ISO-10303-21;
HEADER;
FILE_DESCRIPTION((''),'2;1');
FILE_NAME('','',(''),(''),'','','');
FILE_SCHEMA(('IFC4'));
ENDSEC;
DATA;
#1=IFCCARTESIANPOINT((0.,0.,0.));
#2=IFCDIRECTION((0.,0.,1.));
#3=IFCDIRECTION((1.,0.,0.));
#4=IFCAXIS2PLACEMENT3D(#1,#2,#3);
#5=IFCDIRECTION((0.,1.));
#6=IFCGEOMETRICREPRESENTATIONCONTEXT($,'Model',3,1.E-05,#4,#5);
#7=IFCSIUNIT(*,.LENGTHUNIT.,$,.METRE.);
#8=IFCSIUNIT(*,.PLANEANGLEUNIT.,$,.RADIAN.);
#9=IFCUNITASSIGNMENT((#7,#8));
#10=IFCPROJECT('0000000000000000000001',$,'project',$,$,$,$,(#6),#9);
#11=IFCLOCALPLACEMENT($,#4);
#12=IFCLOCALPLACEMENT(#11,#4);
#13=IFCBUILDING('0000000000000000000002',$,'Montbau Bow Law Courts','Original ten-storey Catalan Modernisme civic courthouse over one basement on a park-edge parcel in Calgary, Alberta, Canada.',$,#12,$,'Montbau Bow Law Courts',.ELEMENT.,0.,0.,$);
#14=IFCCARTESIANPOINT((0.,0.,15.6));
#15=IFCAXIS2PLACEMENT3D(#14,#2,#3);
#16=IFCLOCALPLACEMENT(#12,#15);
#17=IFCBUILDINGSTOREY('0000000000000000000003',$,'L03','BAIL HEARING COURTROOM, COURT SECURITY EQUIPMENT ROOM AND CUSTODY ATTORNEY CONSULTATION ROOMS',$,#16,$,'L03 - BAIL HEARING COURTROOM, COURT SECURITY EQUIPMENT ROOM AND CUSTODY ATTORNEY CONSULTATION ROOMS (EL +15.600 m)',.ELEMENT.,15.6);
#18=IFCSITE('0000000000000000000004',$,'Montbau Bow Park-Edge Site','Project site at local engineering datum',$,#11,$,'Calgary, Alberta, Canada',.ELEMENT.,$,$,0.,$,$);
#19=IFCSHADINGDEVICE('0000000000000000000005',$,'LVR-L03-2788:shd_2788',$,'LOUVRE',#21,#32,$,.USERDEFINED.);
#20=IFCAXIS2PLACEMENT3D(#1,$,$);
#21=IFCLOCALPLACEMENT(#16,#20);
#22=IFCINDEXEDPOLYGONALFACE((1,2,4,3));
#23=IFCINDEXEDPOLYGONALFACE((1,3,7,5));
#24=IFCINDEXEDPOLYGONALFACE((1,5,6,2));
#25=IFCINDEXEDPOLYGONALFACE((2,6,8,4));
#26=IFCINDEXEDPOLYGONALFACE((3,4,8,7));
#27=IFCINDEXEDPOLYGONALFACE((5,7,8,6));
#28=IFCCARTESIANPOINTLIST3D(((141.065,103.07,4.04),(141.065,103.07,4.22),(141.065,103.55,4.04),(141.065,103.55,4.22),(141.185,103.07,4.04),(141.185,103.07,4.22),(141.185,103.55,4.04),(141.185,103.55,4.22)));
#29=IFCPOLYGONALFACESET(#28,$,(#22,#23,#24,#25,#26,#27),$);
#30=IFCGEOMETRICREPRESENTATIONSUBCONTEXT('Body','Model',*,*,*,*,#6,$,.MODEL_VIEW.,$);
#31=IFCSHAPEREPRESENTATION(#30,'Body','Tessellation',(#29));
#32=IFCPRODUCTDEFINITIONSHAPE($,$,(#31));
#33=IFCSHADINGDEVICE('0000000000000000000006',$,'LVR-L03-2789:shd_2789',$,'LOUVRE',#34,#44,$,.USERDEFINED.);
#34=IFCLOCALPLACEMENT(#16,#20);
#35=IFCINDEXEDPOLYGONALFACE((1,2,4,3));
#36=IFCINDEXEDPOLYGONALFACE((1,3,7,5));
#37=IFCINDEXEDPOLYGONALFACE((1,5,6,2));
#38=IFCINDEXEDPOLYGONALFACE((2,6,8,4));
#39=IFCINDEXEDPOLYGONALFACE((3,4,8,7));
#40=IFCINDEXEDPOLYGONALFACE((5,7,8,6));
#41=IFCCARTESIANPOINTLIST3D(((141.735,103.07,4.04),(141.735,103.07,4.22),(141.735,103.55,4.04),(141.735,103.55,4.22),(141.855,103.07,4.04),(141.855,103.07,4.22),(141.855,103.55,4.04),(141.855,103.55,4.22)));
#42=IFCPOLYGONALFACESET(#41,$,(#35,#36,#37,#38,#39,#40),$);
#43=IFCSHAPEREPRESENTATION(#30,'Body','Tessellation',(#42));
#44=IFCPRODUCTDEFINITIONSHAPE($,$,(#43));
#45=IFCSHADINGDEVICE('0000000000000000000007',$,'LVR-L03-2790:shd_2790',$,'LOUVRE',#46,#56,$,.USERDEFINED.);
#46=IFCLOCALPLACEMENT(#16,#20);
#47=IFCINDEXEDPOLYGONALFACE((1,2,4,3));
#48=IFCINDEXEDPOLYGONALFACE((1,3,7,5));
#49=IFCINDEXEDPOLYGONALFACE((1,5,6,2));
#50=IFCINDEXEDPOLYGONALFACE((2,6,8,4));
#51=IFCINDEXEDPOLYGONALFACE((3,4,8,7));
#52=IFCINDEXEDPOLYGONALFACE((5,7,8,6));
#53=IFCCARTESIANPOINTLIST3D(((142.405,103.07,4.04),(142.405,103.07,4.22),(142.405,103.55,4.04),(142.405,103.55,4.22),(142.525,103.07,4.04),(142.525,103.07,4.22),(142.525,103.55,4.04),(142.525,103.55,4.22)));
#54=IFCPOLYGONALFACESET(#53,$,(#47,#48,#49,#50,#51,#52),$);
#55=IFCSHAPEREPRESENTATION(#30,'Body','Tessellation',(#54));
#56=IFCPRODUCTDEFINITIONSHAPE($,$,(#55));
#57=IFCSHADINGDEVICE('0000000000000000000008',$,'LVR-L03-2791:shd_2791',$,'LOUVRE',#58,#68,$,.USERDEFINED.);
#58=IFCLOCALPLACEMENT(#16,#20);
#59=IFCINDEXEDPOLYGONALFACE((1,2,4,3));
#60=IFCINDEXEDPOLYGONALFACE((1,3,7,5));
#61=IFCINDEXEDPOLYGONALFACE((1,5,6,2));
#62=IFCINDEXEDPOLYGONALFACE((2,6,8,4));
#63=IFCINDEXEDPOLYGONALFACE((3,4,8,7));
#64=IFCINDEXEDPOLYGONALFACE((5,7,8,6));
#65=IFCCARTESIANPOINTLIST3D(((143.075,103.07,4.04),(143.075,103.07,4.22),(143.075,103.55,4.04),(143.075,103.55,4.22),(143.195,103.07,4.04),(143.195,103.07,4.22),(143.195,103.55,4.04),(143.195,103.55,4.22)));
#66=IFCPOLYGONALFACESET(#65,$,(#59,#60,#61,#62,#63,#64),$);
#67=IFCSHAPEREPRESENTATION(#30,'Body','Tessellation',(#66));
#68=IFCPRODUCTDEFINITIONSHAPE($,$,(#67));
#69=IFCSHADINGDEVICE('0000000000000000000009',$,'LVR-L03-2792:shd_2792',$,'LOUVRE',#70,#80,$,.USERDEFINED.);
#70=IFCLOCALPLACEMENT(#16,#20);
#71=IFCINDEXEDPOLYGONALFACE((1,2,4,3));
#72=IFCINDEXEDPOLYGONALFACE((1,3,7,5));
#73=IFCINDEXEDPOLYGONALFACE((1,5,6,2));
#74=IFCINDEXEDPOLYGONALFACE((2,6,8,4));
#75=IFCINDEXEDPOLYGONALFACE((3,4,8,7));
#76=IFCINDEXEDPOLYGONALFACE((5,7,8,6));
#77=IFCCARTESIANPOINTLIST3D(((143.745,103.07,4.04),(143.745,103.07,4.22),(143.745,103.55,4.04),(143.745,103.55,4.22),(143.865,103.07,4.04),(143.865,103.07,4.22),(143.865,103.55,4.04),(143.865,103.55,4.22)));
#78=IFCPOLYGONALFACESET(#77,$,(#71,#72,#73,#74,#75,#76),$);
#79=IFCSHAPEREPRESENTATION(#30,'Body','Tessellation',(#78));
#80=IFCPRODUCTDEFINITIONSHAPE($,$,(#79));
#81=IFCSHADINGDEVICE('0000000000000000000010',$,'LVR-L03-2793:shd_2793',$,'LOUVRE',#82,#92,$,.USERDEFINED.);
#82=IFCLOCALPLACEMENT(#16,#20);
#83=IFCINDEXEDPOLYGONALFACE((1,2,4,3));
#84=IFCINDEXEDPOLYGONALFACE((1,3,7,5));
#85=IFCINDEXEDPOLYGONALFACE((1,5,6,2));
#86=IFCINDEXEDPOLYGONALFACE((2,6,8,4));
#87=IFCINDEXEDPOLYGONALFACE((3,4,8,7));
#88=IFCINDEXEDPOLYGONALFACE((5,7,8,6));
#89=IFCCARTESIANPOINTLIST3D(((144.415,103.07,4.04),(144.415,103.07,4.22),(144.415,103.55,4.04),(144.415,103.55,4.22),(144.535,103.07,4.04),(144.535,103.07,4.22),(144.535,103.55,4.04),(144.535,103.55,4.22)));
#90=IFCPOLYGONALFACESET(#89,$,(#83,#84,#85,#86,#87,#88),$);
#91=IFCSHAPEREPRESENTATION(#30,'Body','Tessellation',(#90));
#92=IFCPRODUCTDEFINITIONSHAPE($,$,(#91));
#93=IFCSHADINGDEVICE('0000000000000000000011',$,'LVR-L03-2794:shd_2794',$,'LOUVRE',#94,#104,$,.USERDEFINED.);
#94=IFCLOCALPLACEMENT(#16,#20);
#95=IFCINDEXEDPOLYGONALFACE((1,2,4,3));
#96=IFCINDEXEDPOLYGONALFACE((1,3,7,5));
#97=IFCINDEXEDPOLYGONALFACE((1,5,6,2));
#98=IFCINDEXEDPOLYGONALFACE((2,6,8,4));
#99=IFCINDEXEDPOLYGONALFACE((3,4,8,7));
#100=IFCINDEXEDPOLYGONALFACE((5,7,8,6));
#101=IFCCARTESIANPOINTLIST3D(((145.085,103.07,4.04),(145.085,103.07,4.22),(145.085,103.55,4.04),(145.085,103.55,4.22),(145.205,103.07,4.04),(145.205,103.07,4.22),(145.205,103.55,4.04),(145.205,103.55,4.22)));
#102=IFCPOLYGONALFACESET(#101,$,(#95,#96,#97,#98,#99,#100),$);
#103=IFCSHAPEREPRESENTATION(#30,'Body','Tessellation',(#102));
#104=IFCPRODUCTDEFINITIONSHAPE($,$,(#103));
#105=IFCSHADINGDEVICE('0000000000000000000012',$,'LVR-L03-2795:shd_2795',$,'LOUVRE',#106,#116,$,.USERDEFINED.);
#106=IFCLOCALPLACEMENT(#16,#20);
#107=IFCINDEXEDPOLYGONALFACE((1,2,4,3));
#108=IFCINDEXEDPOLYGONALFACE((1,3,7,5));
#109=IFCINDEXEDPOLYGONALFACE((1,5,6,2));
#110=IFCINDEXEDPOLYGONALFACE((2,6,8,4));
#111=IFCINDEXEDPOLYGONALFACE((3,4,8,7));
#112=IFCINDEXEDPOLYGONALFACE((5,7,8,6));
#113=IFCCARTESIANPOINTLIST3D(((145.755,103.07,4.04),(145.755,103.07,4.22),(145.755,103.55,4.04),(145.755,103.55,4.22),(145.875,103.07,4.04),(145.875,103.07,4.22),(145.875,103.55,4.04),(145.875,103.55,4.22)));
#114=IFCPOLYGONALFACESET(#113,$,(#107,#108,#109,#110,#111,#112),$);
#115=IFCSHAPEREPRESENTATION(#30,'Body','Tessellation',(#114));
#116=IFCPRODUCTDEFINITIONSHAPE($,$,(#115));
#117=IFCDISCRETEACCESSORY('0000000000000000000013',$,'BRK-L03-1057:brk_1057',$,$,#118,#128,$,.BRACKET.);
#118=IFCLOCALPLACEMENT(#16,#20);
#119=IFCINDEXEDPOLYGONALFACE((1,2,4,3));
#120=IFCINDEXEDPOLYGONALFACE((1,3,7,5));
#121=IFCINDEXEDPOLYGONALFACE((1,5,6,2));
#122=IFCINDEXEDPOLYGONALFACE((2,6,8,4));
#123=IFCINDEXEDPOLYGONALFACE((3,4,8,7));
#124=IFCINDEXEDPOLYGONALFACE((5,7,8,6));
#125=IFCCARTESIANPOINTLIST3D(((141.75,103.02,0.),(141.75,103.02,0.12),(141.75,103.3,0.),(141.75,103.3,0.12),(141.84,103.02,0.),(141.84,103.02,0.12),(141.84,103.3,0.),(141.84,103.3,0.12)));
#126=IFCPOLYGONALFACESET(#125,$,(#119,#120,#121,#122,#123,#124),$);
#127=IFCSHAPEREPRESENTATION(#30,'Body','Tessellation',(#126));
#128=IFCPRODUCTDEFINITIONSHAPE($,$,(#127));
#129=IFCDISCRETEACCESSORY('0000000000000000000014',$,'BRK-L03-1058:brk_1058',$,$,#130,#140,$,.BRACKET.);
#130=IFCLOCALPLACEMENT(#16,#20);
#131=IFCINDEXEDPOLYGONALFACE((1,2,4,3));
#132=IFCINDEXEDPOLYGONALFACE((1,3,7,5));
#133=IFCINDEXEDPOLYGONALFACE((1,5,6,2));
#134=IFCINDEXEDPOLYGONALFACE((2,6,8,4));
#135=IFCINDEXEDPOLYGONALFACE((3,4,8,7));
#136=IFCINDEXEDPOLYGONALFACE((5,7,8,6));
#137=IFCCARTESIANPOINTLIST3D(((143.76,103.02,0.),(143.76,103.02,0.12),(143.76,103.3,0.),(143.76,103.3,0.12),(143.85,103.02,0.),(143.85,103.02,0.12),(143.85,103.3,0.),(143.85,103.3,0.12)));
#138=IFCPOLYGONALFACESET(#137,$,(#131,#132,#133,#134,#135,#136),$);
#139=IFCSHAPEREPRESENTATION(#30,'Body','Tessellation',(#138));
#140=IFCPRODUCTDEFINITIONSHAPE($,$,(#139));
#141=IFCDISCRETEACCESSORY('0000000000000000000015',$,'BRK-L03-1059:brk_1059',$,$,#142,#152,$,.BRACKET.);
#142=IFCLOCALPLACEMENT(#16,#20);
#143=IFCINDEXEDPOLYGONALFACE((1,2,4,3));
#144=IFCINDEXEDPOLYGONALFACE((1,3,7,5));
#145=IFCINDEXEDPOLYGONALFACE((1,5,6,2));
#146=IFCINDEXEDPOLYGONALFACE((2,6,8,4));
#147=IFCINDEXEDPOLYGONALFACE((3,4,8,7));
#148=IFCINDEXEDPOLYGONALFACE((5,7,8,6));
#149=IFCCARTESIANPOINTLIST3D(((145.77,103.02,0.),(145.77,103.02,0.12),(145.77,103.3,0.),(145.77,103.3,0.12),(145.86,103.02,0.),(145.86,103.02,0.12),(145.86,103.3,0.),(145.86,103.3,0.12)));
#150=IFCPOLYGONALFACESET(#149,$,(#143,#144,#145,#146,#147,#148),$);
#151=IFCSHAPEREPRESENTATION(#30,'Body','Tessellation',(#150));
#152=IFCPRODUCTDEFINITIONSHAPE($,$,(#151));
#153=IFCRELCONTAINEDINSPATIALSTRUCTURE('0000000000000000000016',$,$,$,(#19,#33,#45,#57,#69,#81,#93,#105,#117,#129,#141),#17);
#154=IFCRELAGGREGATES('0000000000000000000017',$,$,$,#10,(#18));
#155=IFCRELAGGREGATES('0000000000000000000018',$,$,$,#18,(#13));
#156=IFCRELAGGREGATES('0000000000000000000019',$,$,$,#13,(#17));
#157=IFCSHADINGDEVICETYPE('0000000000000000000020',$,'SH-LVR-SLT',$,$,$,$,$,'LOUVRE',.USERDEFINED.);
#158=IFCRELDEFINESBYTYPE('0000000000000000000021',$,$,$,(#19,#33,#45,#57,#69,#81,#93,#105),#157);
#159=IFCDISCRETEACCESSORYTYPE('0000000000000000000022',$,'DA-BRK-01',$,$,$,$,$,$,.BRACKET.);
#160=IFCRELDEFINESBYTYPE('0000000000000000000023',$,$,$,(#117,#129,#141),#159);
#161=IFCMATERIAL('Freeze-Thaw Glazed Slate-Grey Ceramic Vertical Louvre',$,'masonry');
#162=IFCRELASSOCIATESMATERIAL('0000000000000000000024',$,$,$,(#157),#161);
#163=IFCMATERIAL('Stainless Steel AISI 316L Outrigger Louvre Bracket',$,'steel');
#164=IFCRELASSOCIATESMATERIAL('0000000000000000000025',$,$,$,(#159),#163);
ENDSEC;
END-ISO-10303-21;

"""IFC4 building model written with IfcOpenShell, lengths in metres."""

from ifc_helpers import new_model, si_unit, direction, frame, origin_with_axes, origin_2d_with_axis, place, context, subcontext, project, spatial, rectangle, extrude, material, type_object, element, save


model = new_model("IFC4")

# Units and contexts
model_context = context("Model", 3, precision=1e-05, world=origin_with_axes(), true_north=direction((0.0, 1.0)))
body_context = subcontext(model_context, "Body", "Model", "MODEL_VIEW")
ifc_project = project(units=[si_unit("LENGTHUNIT", "METRE"), si_unit("PLANEANGLEUNIT", "RADIAN")], contexts=[model_context])

# Site, building, storey
site_placement = place(None, origin_with_axes())
site = spatial("IfcSite", under=ifc_project, at=site_placement, Name="Montbau Bow Park-Edge Site", Description="Project site at local engineering datum", LongName="Calgary, Alberta, Canada", CompositionType="ELEMENT", RefElevation=0.0)
building_placement = place(site_placement, origin_with_axes())
building = spatial("IfcBuilding", under=site, at=building_placement, Name="Montbau Bow Law Courts", Description="Original ten-storey Catalan Modernisme civic courthouse over one basement on a park-edge parcel in Calgary, Alberta, Canada.", LongName="Montbau Bow Law Courts", CompositionType="ELEMENT", ElevationOfRefHeight=0.0, ElevationOfTerrain=0.0)
storey_placement = place(building_placement, frame((0.0, 0.0, 15.6), z_axis=(0.0, 0.0, 1.0), x_axis=(1.0, 0.0, 0.0)))
storey = spatial("IfcBuildingStorey", under=building, at=storey_placement, Name="L03", Description="BAIL HEARING COURTROOM, COURT SECURITY EQUIPMENT ROOM AND CUSTODY ATTORNEY CONSULTATION ROOMS", LongName="L03 - BAIL HEARING COURTROOM, COURT SECURITY EQUIPMENT ROOM AND CUSTODY ATTORNEY CONSULTATION ROOMS (EL +15.600 m)", CompositionType="ELEMENT", Elevation=15.6)

# Shared definitions
ifc_material_1 = material(Name="Freeze-Thaw Glazed Slate-Grey Ceramic Vertical Louvre", Category="masonry")

# Shading devices
shading_device_type = type_object("IfcShadingDeviceType", Name="SH-LVR-SLT", ElementType="LOUVRE", PredefinedType="USERDEFINED", material=ifc_material_1)
for number, where, z_axis, x_axis, name in (
    (1, (141.125, 103.31, 19.64), (0.0, 0.0, 1.0), (0.0, 1.0, 0.0), "LVR-L03-2788:shd_2788"),
    (2, (141.795, 103.31, 19.64), (0.0, 0.0, 1.0), (0.0, 1.0, 0.0), "LVR-L03-2789:shd_2789"),
    (3, (142.465, 103.31, 19.64), (0.0, 0.0, 1.0), (0.0, 1.0, 0.0), "LVR-L03-2790:shd_2790"),
    (4, (143.135, 103.31, 19.64), (0.0, 0.0, 1.0), (0.0, 1.0, 0.0), "LVR-L03-2791:shd_2791"),
    (5, (143.805, 103.31, 19.64), (0.0, 0.0, 1.0), (0.0, 1.0, 0.0), "LVR-L03-2792:shd_2792"),
    (6, (144.475, 103.31, 19.64), (0.0, 0.0, 1.0), (0.0, 1.0, 0.0), "LVR-L03-2793:shd_2793"),
    (7, (145.145, 103.31, 19.64), (0.0, 0.0, 1.0), (0.0, 1.0, 0.0), "LVR-L03-2794:shd_2794"),
    (8, (145.815, 103.31, 19.64), (0.0, 0.0, 1.0), (0.0, 1.0, 0.0), "LVR-L03-2795:shd_2795"),
):
    element("IfcShadingDevice", number, at=place(None, frame(where, z_axis=z_axis, x_axis=x_axis)), inside=storey, type_object=shading_device_type, Name=name, ObjectType="LOUVRE", PredefinedType="USERDEFINED", context=body_context, shape_type="SweptSolid", body=[
        extrude(rectangle(XDim=0.48, YDim=0.12, at=origin_2d_with_axis()), origin_with_axes(), (0.0, 0.0, 1.0), 0.18),
    ])

# Discrete accessories
ifc_material_2 = material(Name="Stainless Steel AISI 316L Outrigger Louvre Bracket", Category="steel")
discrete_accessory_type = type_object("IfcDiscreteAccessoryType", Name="DA-BRK-01", PredefinedType="BRACKET", material=ifc_material_2)
for number, where, z_axis, x_axis, name in (
    (9, (141.795, 103.16, 15.6), (0.0, 0.0, 1.0), (0.0, 1.0, 0.0), "BRK-L03-1057:brk_1057"),
    (10, (143.805, 103.16, 15.6), (0.0, 0.0, 1.0), (0.0, 1.0, 0.0), "BRK-L03-1058:brk_1058"),
    (11, (145.815, 103.16, 15.6), (0.0, 0.0, 1.0), (0.0, 1.0, 0.0), "BRK-L03-1059:brk_1059"),
):
    element("IfcDiscreteAccessory", number, at=place(None, frame(where, z_axis=z_axis, x_axis=x_axis)), inside=storey, type_object=discrete_accessory_type, Name=name, PredefinedType="BRACKET", context=body_context, shape_type="SweptSolid", body=[
        extrude(rectangle(XDim=0.28, YDim=0.09, at=origin_2d_with_axis()), origin_with_axes(), (0.0, 0.0, 1.0), 0.12),
    ])

save(model, "model.ifc")
